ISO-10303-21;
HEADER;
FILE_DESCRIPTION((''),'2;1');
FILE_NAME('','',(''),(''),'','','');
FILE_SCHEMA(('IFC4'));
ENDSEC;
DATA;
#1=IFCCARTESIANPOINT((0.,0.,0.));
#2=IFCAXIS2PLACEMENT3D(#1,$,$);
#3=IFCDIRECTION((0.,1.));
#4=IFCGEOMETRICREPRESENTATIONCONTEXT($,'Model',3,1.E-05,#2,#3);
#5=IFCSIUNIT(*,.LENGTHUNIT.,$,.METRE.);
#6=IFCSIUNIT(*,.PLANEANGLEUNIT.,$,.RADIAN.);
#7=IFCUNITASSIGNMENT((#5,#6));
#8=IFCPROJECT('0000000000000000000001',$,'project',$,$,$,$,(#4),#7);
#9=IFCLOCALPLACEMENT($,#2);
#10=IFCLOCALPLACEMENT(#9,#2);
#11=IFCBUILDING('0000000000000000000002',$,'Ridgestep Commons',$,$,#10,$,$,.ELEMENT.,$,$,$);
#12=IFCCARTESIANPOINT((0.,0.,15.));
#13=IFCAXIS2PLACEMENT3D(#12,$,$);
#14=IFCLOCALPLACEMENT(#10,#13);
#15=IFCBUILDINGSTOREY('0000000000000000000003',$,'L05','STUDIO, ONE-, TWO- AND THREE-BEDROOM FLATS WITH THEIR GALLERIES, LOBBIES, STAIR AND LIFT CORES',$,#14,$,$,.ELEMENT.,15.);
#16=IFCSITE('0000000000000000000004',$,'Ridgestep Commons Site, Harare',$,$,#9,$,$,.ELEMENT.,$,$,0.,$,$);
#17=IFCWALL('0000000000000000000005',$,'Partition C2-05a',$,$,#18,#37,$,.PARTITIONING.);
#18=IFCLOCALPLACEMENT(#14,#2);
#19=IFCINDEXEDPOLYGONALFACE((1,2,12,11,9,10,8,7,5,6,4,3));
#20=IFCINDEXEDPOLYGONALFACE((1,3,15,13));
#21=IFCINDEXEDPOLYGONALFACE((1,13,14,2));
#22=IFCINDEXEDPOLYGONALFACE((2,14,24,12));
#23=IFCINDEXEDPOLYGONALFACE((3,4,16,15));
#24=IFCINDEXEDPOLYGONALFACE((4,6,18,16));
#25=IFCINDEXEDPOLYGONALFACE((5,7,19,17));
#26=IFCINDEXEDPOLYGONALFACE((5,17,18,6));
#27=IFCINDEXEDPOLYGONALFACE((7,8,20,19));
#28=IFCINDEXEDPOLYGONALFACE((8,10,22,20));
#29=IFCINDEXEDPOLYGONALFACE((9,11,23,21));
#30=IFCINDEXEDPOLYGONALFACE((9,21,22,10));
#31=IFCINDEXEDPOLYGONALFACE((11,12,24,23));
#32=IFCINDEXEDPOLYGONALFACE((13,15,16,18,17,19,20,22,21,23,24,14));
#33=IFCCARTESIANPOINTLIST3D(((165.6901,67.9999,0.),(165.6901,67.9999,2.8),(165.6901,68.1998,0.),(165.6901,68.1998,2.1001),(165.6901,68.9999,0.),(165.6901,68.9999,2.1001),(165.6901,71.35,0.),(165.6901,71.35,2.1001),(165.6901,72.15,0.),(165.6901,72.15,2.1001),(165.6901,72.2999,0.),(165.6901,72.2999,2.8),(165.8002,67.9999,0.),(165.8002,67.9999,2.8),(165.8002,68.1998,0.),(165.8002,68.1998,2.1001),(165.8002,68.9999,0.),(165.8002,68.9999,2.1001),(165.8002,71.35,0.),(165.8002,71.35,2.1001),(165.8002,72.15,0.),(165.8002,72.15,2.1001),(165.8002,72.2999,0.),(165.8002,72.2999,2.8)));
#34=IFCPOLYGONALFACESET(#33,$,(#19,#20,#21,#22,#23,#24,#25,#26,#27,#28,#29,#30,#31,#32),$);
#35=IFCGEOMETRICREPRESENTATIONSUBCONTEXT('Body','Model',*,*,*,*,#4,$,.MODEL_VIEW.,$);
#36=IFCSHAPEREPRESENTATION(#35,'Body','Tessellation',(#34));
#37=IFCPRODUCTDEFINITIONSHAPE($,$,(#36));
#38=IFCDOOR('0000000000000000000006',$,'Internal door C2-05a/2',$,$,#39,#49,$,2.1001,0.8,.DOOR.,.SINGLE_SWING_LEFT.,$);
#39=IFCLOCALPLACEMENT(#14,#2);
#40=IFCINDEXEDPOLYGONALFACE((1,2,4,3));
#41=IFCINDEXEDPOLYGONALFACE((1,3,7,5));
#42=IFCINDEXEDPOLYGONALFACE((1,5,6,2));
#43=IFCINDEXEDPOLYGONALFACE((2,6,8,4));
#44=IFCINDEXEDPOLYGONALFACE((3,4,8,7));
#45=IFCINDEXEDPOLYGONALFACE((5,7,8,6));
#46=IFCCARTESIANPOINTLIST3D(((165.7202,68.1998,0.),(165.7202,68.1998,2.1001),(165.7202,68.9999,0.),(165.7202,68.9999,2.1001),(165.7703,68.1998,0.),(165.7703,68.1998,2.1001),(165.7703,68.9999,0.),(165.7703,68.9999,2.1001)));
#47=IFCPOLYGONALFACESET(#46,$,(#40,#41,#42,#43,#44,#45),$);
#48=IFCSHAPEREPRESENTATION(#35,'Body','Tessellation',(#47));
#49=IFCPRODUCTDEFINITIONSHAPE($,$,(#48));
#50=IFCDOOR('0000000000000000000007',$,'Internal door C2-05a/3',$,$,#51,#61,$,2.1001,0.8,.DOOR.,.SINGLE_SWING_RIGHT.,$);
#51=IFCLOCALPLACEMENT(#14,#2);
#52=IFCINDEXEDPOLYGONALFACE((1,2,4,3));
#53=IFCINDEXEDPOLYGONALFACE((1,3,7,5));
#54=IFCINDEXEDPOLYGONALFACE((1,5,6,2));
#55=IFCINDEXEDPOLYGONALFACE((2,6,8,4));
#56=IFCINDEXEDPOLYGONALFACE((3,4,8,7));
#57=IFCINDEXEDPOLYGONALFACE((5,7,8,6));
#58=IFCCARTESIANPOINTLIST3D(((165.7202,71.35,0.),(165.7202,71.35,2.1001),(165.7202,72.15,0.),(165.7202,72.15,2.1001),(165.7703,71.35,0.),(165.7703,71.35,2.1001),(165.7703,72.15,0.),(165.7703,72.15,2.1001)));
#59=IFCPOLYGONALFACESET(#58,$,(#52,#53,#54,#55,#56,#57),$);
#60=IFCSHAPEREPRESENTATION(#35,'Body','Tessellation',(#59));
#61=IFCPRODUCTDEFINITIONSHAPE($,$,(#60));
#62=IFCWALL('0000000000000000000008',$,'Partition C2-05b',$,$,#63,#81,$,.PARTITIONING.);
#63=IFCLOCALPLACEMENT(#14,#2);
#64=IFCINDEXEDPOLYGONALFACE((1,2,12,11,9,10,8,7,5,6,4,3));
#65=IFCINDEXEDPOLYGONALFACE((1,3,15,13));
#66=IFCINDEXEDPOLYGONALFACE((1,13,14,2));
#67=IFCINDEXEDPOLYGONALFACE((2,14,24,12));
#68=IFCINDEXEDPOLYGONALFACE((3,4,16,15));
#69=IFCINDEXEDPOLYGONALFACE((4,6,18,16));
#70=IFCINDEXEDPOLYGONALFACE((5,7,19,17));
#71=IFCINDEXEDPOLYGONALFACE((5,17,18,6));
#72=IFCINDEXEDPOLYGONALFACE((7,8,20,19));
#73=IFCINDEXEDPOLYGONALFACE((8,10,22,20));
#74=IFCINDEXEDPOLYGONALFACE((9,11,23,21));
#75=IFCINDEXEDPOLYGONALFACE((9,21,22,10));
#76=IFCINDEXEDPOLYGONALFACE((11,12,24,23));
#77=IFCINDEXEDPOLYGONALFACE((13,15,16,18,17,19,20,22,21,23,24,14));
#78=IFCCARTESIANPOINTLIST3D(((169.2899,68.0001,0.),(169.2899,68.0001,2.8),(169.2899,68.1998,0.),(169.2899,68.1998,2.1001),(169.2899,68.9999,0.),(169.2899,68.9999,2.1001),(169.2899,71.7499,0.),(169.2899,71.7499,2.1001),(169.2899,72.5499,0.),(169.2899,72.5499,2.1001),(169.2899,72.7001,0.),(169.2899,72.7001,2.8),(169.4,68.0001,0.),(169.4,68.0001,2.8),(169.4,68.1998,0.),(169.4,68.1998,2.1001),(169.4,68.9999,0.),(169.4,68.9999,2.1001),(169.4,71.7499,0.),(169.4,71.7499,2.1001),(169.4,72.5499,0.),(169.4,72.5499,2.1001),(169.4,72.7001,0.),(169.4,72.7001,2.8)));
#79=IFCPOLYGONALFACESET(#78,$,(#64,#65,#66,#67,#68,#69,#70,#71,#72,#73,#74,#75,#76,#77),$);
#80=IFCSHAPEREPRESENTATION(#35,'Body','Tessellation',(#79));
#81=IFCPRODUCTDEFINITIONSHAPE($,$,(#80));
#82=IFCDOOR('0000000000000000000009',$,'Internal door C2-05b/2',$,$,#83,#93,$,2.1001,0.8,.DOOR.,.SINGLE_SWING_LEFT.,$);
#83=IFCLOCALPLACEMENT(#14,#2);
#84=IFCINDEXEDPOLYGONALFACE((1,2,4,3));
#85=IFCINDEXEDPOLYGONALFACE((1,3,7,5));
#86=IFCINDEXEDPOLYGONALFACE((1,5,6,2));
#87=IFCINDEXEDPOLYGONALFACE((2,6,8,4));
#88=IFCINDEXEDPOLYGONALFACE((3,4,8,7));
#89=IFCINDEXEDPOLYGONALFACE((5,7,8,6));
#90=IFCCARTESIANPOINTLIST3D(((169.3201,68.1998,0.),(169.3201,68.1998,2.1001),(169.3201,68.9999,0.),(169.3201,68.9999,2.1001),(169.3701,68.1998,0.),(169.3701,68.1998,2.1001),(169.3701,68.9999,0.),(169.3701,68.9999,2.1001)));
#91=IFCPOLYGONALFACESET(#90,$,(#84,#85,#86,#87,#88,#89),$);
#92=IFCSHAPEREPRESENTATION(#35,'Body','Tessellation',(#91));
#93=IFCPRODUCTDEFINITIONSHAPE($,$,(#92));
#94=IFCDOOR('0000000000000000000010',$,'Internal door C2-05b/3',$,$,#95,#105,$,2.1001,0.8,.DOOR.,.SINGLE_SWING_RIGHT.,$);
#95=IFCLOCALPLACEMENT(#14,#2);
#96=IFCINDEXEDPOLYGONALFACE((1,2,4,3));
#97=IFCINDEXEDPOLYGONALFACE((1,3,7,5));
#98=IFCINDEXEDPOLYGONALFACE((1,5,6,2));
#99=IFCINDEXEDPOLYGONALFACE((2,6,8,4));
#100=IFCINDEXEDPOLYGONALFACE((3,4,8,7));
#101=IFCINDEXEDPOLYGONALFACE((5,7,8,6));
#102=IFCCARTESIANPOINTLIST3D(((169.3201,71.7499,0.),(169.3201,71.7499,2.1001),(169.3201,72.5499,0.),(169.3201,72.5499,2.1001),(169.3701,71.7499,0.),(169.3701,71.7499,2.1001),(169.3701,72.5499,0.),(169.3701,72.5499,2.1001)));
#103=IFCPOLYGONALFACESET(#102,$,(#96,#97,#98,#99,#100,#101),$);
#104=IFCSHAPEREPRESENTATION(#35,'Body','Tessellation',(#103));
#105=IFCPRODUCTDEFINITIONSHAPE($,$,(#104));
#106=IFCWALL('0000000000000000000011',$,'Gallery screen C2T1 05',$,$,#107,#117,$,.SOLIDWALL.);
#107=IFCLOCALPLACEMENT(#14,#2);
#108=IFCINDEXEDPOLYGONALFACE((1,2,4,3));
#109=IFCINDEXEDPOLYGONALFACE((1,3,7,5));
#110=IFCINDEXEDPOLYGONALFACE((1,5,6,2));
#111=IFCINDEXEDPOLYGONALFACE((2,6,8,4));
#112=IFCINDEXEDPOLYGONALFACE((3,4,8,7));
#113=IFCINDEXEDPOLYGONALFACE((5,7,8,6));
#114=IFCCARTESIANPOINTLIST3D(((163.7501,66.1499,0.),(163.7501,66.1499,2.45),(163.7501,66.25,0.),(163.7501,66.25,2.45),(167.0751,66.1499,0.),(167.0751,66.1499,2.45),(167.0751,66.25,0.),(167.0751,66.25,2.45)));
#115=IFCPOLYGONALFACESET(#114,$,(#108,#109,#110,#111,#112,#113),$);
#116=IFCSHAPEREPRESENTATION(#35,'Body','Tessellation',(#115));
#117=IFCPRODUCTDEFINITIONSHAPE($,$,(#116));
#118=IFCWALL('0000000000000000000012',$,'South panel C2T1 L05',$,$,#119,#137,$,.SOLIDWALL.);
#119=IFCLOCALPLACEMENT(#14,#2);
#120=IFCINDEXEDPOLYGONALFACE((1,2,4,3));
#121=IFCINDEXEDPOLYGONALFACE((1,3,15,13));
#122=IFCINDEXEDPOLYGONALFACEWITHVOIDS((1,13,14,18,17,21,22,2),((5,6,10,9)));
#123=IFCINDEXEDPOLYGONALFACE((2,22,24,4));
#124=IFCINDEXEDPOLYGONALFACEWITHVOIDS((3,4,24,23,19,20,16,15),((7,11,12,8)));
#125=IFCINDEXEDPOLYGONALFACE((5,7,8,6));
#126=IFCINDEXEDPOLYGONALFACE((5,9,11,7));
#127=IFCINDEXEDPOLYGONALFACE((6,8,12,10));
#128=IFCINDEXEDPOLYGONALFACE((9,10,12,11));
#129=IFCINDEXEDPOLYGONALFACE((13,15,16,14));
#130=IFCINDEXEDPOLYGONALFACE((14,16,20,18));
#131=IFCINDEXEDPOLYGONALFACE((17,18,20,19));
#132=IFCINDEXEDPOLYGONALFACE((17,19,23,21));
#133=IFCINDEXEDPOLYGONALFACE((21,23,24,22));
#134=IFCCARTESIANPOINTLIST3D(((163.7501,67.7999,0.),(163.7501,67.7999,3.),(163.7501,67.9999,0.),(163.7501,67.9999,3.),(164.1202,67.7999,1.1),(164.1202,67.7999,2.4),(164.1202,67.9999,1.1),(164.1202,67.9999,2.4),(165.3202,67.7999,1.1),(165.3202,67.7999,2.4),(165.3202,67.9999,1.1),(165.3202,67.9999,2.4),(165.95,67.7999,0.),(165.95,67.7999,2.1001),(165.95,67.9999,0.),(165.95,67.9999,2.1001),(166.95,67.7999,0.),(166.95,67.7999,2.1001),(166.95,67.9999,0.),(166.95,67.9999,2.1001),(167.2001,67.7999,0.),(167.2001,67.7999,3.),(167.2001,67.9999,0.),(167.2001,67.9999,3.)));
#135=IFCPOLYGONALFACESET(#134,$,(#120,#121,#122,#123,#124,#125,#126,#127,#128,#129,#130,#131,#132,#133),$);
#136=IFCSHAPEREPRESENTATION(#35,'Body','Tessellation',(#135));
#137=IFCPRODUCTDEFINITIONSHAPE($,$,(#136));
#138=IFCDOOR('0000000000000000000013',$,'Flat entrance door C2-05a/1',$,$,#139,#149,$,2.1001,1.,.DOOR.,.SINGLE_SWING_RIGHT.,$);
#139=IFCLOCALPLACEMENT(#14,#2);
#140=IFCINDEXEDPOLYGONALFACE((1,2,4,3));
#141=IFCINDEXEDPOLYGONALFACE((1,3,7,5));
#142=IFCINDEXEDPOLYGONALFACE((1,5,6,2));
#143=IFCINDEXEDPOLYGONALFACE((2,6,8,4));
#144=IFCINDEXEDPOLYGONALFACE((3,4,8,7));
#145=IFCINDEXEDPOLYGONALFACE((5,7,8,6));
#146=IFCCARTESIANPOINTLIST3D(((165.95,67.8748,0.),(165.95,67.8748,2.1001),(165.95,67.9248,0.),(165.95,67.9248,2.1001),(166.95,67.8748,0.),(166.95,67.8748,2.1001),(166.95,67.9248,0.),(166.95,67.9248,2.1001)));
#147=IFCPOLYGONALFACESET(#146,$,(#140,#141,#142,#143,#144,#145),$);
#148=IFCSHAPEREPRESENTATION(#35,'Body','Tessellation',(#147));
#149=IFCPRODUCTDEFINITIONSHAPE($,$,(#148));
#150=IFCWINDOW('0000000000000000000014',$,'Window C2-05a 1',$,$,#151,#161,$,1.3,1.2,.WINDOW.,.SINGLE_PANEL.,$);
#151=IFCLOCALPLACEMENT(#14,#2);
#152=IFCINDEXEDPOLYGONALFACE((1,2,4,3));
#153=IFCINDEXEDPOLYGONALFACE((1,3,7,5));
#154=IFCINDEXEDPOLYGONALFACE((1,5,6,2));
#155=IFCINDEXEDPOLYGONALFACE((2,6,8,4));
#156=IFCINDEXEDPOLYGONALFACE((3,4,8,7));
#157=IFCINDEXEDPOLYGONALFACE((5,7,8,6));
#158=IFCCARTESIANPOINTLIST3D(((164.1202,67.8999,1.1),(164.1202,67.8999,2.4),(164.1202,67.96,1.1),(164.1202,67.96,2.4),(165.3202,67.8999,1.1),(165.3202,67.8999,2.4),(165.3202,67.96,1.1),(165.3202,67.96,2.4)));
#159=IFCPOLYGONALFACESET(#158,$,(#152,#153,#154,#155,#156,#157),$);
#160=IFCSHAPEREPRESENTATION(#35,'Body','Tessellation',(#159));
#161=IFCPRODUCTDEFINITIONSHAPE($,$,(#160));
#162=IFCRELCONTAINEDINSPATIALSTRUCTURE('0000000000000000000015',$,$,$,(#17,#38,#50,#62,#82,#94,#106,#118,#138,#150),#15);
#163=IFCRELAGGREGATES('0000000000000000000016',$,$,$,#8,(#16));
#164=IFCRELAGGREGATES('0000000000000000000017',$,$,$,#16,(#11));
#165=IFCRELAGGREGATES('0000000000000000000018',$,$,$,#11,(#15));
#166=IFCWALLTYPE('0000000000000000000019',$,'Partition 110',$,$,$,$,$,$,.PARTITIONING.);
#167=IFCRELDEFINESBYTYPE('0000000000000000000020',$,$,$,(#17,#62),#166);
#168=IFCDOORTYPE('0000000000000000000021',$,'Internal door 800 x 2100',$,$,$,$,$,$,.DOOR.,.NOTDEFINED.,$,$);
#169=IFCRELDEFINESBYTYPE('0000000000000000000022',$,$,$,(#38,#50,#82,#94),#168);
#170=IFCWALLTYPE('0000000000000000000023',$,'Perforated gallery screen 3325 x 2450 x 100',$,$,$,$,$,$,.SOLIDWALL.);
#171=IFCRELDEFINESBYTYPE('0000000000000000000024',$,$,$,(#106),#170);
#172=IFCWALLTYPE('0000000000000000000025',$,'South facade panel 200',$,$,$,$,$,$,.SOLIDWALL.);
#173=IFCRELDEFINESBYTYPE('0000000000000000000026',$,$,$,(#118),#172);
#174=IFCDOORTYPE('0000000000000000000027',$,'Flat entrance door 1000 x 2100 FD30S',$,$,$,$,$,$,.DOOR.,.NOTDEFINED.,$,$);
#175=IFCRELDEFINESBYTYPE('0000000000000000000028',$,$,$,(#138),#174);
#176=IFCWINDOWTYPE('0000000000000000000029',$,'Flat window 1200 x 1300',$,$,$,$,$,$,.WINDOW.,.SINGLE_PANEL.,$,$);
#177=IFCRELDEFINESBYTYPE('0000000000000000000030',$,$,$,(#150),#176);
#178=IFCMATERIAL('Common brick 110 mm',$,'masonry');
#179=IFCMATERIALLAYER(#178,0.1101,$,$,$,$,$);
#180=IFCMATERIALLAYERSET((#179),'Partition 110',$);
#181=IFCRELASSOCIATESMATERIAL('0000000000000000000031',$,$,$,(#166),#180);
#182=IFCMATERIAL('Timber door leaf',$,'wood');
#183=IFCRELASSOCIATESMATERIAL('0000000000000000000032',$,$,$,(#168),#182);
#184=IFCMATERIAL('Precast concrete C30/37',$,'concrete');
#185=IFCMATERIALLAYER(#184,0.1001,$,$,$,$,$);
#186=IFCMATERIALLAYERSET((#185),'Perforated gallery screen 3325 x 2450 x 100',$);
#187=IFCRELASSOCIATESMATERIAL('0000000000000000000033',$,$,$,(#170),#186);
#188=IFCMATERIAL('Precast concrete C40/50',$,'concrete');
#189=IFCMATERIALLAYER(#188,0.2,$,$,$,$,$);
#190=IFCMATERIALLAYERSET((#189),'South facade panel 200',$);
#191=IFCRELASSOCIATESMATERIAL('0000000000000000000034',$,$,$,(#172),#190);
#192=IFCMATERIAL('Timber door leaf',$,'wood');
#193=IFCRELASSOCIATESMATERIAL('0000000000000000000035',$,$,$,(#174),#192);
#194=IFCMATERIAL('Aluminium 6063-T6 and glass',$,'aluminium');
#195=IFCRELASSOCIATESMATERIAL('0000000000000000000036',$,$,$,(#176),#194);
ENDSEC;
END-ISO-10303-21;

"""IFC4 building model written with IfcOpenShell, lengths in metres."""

from ifc_helpers import new_model, si_unit, direction, frame, frame_2d, origin, place, context, subcontext, project, spatial, rectangle, extrude, material, layer, layer_set, type_object, element, fill, save


model = new_model("IFC4")

# Units and contexts
model_context = context("Model", 3, precision=1e-05, world=origin(), true_north=direction((0.0, 1.0)))
body_context = subcontext(model_context, "Body", "Model", "MODEL_VIEW")
ifc_project = project(units=[si_unit("LENGTHUNIT", "METRE"), si_unit("PLANEANGLEUNIT", "RADIAN")], contexts=[model_context])

# Site, building, storey
site_placement = place(None, origin())
site = spatial("IfcSite", under=ifc_project, at=site_placement, Name="Ridgestep Commons Site, Harare", CompositionType="ELEMENT", RefElevation=0.0)
building_placement = place(site_placement, origin())
building = spatial("IfcBuilding", under=site, at=building_placement, Name="Ridgestep Commons", CompositionType="ELEMENT")
storey_placement = place(building_placement, frame((0.0, 0.0, 15.0)))
storey = spatial("IfcBuildingStorey", under=building, at=storey_placement, Name="L05", Description="STUDIO, ONE-, TWO- AND THREE-BEDROOM FLATS WITH THEIR GALLERIES, LOBBIES, STAIR AND LIFT CORES", CompositionType="ELEMENT", Elevation=15.0)

# Walls, openings, doors
ifc_material_1 = material(Name="Common brick 110 mm", Category="masonry")
ifc_layer_1 = layer(ifc_material_1, 0.1101)
ifc_layer_set_1 = layer_set([ifc_layer_1], Name="Partition 110")
wall_type_1 = type_object("IfcWallType", Name="Partition 110", PredefinedType="PARTITIONING", material=ifc_layer_set_1)
wall_1_placement = place(storey_placement, frame((165.7451, 68.0, 0.0), z_axis=(0.0, 0.0, 1.0), x_axis=(0.0, 1.0, 0.0)))
wall_1 = element("IfcWall", 1, at=wall_1_placement, inside=storey, type_object=wall_type_1, Name="Partition C2-05a", PredefinedType="PARTITIONING", context=body_context, shape_type="SweptSolid", body=[
    extrude(rectangle(XDim=4.3, YDim=0.1101, at=frame_2d((2.1499, 0.0))), origin(), (0.0, 0.0, 1.0), 2.8),
])
opening_1_placement = place(wall_1_placement, frame((0.2, 0.0, 0.0)))
opening_1 = element("IfcOpeningElement", 2, at=opening_1_placement, cuts=wall_1, PredefinedType="OPENING", context=body_context, shape_type="SweptSolid", body=[
    extrude(rectangle(XDim=0.8, YDim=2.1001, at=frame_2d((0.3999, 1.05))), frame((0.0, 0.0649, 0.0), z_axis=(0.0, -1.0, 0.0), x_axis=(1.0, 0.0, 0.0)), (0.0, 0.0, 1.0), 0.1301),
])
opening_2_placement = place(wall_1_placement, frame((3.3501, 0.0, 0.0)))
opening_2 = element("IfcOpeningElement", 3, at=opening_2_placement, cuts=wall_1, PredefinedType="OPENING", context=body_context, shape_type="SweptSolid", body=[
    extrude(rectangle(XDim=0.8, YDim=2.1001, at=frame_2d((0.3999, 1.05))), frame((0.0, 0.0649, 0.0), z_axis=(0.0, -1.0, 0.0), x_axis=(1.0, 0.0, 0.0)), (0.0, 0.0, 1.0), 0.1301),
])
ifc_material_2 = material(Name="Timber door leaf", Category="wood")
door_type_1 = type_object("IfcDoorType", Name="Internal door 800 x 2100", OperationType="NOTDEFINED", PredefinedType="DOOR", material=ifc_material_2)
door_1_placement = place(opening_1_placement, origin())
door_1 = element("IfcDoor", 4, at=door_1_placement, inside=storey, type_object=door_type_1, Name="Internal door C2-05a/2", OperationType="SINGLE_SWING_LEFT", OverallHeight=2.1001, OverallWidth=0.8, PredefinedType="DOOR", context=body_context, shape_type="SweptSolid", body=[
    extrude(rectangle(XDim=0.8, YDim=2.1001, at=frame_2d((0.3999, 1.05))), frame((0.0, 0.0249, 0.0), z_axis=(0.0, -1.0, 0.0), x_axis=(1.0, 0.0, 0.0)), (0.0, 0.0, 1.0), 0.05),
])
fill(opening_1, door_1)
door_2_placement = place(opening_2_placement, origin())
door_2 = element("IfcDoor", 5, at=door_2_placement, inside=storey, type_object=door_type_1, Name="Internal door C2-05a/3", OperationType="SINGLE_SWING_RIGHT", OverallHeight=2.1001, OverallWidth=0.8, PredefinedType="DOOR", context=body_context, shape_type="SweptSolid", body=[
    extrude(rectangle(XDim=0.8, YDim=2.1001, at=frame_2d((0.3999, 1.05))), frame((0.0, 0.0249, 0.0), z_axis=(0.0, -1.0, 0.0), x_axis=(1.0, 0.0, 0.0)), (0.0, 0.0, 1.0), 0.05),
])
fill(opening_2, door_2)
wall_2_placement = place(storey_placement, frame((169.345, 68.0, 0.0), z_axis=(0.0, 0.0, 1.0), x_axis=(0.0, 1.0, 0.0)))
wall_2 = element("IfcWall", 6, at=wall_2_placement, inside=storey, type_object=wall_type_1, Name="Partition C2-05b", PredefinedType="PARTITIONING", context=body_context, shape_type="SweptSolid", body=[
    extrude(rectangle(XDim=4.7, YDim=0.1101, at=frame_2d((2.3501, 0.0))), origin(), (0.0, 0.0, 1.0), 2.8),
])
opening_3_placement = place(wall_2_placement, frame((0.2, 0.0, 0.0)))
opening_3 = element("IfcOpeningElement", 7, at=opening_3_placement, cuts=wall_2, PredefinedType="OPENING", context=body_context, shape_type="SweptSolid", body=[
    extrude(rectangle(XDim=0.8, YDim=2.1001, at=frame_2d((0.3999, 1.05))), frame((0.0, 0.0649, 0.0), z_axis=(0.0, -1.0, 0.0), x_axis=(1.0, 0.0, 0.0)), (0.0, 0.0, 1.0), 0.1301),
])
opening_4_placement = place(wall_2_placement, frame((3.75, 0.0, 0.0)))
opening_4 = element("IfcOpeningElement", 8, at=opening_4_placement, cuts=wall_2, PredefinedType="OPENING", context=body_context, shape_type="SweptSolid", body=[
    extrude(rectangle(XDim=0.8, YDim=2.1001, at=frame_2d((0.3999, 1.05))), frame((0.0, 0.0649, 0.0), z_axis=(0.0, -1.0, 0.0), x_axis=(1.0, 0.0, 0.0)), (0.0, 0.0, 1.0), 0.1301),
])
door_3_placement = place(opening_3_placement, origin())
door_3 = element("IfcDoor", 9, at=door_3_placement, inside=storey, type_object=door_type_1, Name="Internal door C2-05b/2", OperationType="SINGLE_SWING_LEFT", OverallHeight=2.1001, OverallWidth=0.8, PredefinedType="DOOR", context=body_context, shape_type="SweptSolid", body=[
    extrude(rectangle(XDim=0.8, YDim=2.1001, at=frame_2d((0.3999, 1.05))), frame((0.0, 0.0249, 0.0), z_axis=(0.0, -1.0, 0.0), x_axis=(1.0, 0.0, 0.0)), (0.0, 0.0, 1.0), 0.05),
])
fill(opening_3, door_3)
door_4_placement = place(opening_4_placement, origin())
door_4 = element("IfcDoor", 10, at=door_4_placement, inside=storey, type_object=door_type_1, Name="Internal door C2-05b/3", OperationType="SINGLE_SWING_RIGHT", OverallHeight=2.1001, OverallWidth=0.8, PredefinedType="DOOR", context=body_context, shape_type="SweptSolid", body=[
    extrude(rectangle(XDim=0.8, YDim=2.1001, at=frame_2d((0.3999, 1.05))), frame((0.0, 0.0249, 0.0), z_axis=(0.0, -1.0, 0.0), x_axis=(1.0, 0.0, 0.0)), (0.0, 0.0, 1.0), 0.05),
])
fill(opening_4, door_4)

# Wall
ifc_material_3 = material(Name="Precast concrete C30/37", Category="concrete")
ifc_layer_2 = layer(ifc_material_3, 0.1001)
ifc_layer_set_2 = layer_set([ifc_layer_2], Name="Perforated gallery screen 3325 x 2450 x 100")
wall_type_2 = type_object("IfcWallType", Name="Perforated gallery screen 3325 x 2450 x 100", PredefinedType="SOLIDWALL", material=ifc_layer_set_2)
wall_3_placement = place(storey_placement, frame((163.75, 66.2, 0.0), z_axis=(0.0, 0.0, 1.0), x_axis=(1.0, 0.0, 0.0)))
element("IfcWall", 11, at=wall_3_placement, inside=storey, type_object=wall_type_2, Name="Gallery screen C2T1 05", PredefinedType="SOLIDWALL", context=body_context, shape_type="SweptSolid", body=[
    extrude(rectangle(XDim=3.325, YDim=0.1001, at=frame_2d((1.6626, 0.0))), origin(), (0.0, 0.0, 1.0), 2.45),
])

# Wall, openings, door, window
ifc_material_4 = material(Name="Precast concrete C40/50", Category="concrete")
ifc_layer_3 = layer(ifc_material_4, 0.2)
ifc_layer_set_3 = layer_set([ifc_layer_3], Name="South facade panel 200")
wall_type_3 = type_object("IfcWallType", Name="South facade panel 200", PredefinedType="SOLIDWALL", material=ifc_layer_set_3)
wall_4_placement = place(storey_placement, frame((163.75, 67.8999, 0.0), z_axis=(0.0, 0.0, 1.0), x_axis=(1.0, 0.0, 0.0)))
wall_4 = element("IfcWall", 12, at=wall_4_placement, inside=storey, type_object=wall_type_3, Name="South panel C2T1 L05", PredefinedType="SOLIDWALL", context=body_context, shape_type="SweptSolid", body=[
    extrude(rectangle(XDim=3.45, YDim=0.2, at=frame_2d((1.7251, 0.0))), origin(), (0.0, 0.0, 1.0), 3.0),
])
opening_5_placement = place(wall_4_placement, frame((0.3701, 0.0, 1.1001)))
opening_5 = element("IfcOpeningElement", 13, at=opening_5_placement, cuts=wall_4, PredefinedType="OPENING", context=body_context, shape_type="SweptSolid", body=[
    extrude(rectangle(XDim=1.2, YDim=1.3, at=frame_2d((0.6001, 0.6499))), frame((0.0, 0.1099, 0.0), z_axis=(0.0, -1.0, 0.0), x_axis=(1.0, 0.0, 0.0)), (0.0, 0.0, 1.0), 0.22),
])
opening_6_placement = place(wall_4_placement, frame((2.2, 0.0, 0.0)))
opening_6 = element("IfcOpeningElement", 14, at=opening_6_placement, cuts=wall_4, PredefinedType="OPENING", context=body_context, shape_type="SweptSolid", body=[
    extrude(rectangle(XDim=1.0, YDim=2.1001, at=frame_2d((0.5, 1.05))), frame((0.0, 0.1099, 0.0), z_axis=(0.0, -1.0, 0.0), x_axis=(1.0, 0.0, 0.0)), (0.0, 0.0, 1.0), 0.22),
])
ifc_material_5 = material(Name="Timber door leaf", Category="wood")
door_type_2 = type_object("IfcDoorType", Name="Flat entrance door 1000 x 2100 FD30S", OperationType="NOTDEFINED", PredefinedType="DOOR", material=ifc_material_5)
door_5_placement = place(opening_6_placement, origin())
door_5 = element("IfcDoor", 15, at=door_5_placement, inside=storey, type_object=door_type_2, Name="Flat entrance door C2-05a/1", OperationType="SINGLE_SWING_RIGHT", OverallHeight=2.1001, OverallWidth=1.0, PredefinedType="DOOR", context=body_context, shape_type="SweptSolid", body=[
    extrude(rectangle(XDim=1.0, YDim=2.1001, at=frame_2d((0.5, 1.05))), frame((0.0, 0.0249, 0.0), z_axis=(0.0, -1.0, 0.0), x_axis=(1.0, 0.0, 0.0)), (0.0, 0.0, 1.0), 0.05),
])
fill(opening_6, door_5)
ifc_material_6 = material(Name="Aluminium 6063-T6 and glass", Category="aluminium")
window_type_1 = type_object("IfcWindowType", Name="Flat window 1200 x 1300", PartitioningType="SINGLE_PANEL", PredefinedType="WINDOW", material=ifc_material_6)
window_1_placement = place(opening_5_placement, origin())
window_1 = element("IfcWindow", 16, at=window_1_placement, inside=storey, type_object=window_type_1, Name="Window C2-05a 1", OverallHeight=1.3, OverallWidth=1.2, PartitioningType="SINGLE_PANEL", PredefinedType="WINDOW", context=body_context, shape_type="SweptSolid", body=[
    extrude(rectangle(XDim=1.2, YDim=1.3, at=frame_2d((0.6001, 0.6499))), frame((0.0, 0.0601, 0.0), z_axis=(0.0, -1.0, 0.0), x_axis=(1.0, 0.0, 0.0)), (0.0, 0.0, 1.0), 0.0601),
])
fill(opening_5, window_1)

save(model, "model.ifc")
